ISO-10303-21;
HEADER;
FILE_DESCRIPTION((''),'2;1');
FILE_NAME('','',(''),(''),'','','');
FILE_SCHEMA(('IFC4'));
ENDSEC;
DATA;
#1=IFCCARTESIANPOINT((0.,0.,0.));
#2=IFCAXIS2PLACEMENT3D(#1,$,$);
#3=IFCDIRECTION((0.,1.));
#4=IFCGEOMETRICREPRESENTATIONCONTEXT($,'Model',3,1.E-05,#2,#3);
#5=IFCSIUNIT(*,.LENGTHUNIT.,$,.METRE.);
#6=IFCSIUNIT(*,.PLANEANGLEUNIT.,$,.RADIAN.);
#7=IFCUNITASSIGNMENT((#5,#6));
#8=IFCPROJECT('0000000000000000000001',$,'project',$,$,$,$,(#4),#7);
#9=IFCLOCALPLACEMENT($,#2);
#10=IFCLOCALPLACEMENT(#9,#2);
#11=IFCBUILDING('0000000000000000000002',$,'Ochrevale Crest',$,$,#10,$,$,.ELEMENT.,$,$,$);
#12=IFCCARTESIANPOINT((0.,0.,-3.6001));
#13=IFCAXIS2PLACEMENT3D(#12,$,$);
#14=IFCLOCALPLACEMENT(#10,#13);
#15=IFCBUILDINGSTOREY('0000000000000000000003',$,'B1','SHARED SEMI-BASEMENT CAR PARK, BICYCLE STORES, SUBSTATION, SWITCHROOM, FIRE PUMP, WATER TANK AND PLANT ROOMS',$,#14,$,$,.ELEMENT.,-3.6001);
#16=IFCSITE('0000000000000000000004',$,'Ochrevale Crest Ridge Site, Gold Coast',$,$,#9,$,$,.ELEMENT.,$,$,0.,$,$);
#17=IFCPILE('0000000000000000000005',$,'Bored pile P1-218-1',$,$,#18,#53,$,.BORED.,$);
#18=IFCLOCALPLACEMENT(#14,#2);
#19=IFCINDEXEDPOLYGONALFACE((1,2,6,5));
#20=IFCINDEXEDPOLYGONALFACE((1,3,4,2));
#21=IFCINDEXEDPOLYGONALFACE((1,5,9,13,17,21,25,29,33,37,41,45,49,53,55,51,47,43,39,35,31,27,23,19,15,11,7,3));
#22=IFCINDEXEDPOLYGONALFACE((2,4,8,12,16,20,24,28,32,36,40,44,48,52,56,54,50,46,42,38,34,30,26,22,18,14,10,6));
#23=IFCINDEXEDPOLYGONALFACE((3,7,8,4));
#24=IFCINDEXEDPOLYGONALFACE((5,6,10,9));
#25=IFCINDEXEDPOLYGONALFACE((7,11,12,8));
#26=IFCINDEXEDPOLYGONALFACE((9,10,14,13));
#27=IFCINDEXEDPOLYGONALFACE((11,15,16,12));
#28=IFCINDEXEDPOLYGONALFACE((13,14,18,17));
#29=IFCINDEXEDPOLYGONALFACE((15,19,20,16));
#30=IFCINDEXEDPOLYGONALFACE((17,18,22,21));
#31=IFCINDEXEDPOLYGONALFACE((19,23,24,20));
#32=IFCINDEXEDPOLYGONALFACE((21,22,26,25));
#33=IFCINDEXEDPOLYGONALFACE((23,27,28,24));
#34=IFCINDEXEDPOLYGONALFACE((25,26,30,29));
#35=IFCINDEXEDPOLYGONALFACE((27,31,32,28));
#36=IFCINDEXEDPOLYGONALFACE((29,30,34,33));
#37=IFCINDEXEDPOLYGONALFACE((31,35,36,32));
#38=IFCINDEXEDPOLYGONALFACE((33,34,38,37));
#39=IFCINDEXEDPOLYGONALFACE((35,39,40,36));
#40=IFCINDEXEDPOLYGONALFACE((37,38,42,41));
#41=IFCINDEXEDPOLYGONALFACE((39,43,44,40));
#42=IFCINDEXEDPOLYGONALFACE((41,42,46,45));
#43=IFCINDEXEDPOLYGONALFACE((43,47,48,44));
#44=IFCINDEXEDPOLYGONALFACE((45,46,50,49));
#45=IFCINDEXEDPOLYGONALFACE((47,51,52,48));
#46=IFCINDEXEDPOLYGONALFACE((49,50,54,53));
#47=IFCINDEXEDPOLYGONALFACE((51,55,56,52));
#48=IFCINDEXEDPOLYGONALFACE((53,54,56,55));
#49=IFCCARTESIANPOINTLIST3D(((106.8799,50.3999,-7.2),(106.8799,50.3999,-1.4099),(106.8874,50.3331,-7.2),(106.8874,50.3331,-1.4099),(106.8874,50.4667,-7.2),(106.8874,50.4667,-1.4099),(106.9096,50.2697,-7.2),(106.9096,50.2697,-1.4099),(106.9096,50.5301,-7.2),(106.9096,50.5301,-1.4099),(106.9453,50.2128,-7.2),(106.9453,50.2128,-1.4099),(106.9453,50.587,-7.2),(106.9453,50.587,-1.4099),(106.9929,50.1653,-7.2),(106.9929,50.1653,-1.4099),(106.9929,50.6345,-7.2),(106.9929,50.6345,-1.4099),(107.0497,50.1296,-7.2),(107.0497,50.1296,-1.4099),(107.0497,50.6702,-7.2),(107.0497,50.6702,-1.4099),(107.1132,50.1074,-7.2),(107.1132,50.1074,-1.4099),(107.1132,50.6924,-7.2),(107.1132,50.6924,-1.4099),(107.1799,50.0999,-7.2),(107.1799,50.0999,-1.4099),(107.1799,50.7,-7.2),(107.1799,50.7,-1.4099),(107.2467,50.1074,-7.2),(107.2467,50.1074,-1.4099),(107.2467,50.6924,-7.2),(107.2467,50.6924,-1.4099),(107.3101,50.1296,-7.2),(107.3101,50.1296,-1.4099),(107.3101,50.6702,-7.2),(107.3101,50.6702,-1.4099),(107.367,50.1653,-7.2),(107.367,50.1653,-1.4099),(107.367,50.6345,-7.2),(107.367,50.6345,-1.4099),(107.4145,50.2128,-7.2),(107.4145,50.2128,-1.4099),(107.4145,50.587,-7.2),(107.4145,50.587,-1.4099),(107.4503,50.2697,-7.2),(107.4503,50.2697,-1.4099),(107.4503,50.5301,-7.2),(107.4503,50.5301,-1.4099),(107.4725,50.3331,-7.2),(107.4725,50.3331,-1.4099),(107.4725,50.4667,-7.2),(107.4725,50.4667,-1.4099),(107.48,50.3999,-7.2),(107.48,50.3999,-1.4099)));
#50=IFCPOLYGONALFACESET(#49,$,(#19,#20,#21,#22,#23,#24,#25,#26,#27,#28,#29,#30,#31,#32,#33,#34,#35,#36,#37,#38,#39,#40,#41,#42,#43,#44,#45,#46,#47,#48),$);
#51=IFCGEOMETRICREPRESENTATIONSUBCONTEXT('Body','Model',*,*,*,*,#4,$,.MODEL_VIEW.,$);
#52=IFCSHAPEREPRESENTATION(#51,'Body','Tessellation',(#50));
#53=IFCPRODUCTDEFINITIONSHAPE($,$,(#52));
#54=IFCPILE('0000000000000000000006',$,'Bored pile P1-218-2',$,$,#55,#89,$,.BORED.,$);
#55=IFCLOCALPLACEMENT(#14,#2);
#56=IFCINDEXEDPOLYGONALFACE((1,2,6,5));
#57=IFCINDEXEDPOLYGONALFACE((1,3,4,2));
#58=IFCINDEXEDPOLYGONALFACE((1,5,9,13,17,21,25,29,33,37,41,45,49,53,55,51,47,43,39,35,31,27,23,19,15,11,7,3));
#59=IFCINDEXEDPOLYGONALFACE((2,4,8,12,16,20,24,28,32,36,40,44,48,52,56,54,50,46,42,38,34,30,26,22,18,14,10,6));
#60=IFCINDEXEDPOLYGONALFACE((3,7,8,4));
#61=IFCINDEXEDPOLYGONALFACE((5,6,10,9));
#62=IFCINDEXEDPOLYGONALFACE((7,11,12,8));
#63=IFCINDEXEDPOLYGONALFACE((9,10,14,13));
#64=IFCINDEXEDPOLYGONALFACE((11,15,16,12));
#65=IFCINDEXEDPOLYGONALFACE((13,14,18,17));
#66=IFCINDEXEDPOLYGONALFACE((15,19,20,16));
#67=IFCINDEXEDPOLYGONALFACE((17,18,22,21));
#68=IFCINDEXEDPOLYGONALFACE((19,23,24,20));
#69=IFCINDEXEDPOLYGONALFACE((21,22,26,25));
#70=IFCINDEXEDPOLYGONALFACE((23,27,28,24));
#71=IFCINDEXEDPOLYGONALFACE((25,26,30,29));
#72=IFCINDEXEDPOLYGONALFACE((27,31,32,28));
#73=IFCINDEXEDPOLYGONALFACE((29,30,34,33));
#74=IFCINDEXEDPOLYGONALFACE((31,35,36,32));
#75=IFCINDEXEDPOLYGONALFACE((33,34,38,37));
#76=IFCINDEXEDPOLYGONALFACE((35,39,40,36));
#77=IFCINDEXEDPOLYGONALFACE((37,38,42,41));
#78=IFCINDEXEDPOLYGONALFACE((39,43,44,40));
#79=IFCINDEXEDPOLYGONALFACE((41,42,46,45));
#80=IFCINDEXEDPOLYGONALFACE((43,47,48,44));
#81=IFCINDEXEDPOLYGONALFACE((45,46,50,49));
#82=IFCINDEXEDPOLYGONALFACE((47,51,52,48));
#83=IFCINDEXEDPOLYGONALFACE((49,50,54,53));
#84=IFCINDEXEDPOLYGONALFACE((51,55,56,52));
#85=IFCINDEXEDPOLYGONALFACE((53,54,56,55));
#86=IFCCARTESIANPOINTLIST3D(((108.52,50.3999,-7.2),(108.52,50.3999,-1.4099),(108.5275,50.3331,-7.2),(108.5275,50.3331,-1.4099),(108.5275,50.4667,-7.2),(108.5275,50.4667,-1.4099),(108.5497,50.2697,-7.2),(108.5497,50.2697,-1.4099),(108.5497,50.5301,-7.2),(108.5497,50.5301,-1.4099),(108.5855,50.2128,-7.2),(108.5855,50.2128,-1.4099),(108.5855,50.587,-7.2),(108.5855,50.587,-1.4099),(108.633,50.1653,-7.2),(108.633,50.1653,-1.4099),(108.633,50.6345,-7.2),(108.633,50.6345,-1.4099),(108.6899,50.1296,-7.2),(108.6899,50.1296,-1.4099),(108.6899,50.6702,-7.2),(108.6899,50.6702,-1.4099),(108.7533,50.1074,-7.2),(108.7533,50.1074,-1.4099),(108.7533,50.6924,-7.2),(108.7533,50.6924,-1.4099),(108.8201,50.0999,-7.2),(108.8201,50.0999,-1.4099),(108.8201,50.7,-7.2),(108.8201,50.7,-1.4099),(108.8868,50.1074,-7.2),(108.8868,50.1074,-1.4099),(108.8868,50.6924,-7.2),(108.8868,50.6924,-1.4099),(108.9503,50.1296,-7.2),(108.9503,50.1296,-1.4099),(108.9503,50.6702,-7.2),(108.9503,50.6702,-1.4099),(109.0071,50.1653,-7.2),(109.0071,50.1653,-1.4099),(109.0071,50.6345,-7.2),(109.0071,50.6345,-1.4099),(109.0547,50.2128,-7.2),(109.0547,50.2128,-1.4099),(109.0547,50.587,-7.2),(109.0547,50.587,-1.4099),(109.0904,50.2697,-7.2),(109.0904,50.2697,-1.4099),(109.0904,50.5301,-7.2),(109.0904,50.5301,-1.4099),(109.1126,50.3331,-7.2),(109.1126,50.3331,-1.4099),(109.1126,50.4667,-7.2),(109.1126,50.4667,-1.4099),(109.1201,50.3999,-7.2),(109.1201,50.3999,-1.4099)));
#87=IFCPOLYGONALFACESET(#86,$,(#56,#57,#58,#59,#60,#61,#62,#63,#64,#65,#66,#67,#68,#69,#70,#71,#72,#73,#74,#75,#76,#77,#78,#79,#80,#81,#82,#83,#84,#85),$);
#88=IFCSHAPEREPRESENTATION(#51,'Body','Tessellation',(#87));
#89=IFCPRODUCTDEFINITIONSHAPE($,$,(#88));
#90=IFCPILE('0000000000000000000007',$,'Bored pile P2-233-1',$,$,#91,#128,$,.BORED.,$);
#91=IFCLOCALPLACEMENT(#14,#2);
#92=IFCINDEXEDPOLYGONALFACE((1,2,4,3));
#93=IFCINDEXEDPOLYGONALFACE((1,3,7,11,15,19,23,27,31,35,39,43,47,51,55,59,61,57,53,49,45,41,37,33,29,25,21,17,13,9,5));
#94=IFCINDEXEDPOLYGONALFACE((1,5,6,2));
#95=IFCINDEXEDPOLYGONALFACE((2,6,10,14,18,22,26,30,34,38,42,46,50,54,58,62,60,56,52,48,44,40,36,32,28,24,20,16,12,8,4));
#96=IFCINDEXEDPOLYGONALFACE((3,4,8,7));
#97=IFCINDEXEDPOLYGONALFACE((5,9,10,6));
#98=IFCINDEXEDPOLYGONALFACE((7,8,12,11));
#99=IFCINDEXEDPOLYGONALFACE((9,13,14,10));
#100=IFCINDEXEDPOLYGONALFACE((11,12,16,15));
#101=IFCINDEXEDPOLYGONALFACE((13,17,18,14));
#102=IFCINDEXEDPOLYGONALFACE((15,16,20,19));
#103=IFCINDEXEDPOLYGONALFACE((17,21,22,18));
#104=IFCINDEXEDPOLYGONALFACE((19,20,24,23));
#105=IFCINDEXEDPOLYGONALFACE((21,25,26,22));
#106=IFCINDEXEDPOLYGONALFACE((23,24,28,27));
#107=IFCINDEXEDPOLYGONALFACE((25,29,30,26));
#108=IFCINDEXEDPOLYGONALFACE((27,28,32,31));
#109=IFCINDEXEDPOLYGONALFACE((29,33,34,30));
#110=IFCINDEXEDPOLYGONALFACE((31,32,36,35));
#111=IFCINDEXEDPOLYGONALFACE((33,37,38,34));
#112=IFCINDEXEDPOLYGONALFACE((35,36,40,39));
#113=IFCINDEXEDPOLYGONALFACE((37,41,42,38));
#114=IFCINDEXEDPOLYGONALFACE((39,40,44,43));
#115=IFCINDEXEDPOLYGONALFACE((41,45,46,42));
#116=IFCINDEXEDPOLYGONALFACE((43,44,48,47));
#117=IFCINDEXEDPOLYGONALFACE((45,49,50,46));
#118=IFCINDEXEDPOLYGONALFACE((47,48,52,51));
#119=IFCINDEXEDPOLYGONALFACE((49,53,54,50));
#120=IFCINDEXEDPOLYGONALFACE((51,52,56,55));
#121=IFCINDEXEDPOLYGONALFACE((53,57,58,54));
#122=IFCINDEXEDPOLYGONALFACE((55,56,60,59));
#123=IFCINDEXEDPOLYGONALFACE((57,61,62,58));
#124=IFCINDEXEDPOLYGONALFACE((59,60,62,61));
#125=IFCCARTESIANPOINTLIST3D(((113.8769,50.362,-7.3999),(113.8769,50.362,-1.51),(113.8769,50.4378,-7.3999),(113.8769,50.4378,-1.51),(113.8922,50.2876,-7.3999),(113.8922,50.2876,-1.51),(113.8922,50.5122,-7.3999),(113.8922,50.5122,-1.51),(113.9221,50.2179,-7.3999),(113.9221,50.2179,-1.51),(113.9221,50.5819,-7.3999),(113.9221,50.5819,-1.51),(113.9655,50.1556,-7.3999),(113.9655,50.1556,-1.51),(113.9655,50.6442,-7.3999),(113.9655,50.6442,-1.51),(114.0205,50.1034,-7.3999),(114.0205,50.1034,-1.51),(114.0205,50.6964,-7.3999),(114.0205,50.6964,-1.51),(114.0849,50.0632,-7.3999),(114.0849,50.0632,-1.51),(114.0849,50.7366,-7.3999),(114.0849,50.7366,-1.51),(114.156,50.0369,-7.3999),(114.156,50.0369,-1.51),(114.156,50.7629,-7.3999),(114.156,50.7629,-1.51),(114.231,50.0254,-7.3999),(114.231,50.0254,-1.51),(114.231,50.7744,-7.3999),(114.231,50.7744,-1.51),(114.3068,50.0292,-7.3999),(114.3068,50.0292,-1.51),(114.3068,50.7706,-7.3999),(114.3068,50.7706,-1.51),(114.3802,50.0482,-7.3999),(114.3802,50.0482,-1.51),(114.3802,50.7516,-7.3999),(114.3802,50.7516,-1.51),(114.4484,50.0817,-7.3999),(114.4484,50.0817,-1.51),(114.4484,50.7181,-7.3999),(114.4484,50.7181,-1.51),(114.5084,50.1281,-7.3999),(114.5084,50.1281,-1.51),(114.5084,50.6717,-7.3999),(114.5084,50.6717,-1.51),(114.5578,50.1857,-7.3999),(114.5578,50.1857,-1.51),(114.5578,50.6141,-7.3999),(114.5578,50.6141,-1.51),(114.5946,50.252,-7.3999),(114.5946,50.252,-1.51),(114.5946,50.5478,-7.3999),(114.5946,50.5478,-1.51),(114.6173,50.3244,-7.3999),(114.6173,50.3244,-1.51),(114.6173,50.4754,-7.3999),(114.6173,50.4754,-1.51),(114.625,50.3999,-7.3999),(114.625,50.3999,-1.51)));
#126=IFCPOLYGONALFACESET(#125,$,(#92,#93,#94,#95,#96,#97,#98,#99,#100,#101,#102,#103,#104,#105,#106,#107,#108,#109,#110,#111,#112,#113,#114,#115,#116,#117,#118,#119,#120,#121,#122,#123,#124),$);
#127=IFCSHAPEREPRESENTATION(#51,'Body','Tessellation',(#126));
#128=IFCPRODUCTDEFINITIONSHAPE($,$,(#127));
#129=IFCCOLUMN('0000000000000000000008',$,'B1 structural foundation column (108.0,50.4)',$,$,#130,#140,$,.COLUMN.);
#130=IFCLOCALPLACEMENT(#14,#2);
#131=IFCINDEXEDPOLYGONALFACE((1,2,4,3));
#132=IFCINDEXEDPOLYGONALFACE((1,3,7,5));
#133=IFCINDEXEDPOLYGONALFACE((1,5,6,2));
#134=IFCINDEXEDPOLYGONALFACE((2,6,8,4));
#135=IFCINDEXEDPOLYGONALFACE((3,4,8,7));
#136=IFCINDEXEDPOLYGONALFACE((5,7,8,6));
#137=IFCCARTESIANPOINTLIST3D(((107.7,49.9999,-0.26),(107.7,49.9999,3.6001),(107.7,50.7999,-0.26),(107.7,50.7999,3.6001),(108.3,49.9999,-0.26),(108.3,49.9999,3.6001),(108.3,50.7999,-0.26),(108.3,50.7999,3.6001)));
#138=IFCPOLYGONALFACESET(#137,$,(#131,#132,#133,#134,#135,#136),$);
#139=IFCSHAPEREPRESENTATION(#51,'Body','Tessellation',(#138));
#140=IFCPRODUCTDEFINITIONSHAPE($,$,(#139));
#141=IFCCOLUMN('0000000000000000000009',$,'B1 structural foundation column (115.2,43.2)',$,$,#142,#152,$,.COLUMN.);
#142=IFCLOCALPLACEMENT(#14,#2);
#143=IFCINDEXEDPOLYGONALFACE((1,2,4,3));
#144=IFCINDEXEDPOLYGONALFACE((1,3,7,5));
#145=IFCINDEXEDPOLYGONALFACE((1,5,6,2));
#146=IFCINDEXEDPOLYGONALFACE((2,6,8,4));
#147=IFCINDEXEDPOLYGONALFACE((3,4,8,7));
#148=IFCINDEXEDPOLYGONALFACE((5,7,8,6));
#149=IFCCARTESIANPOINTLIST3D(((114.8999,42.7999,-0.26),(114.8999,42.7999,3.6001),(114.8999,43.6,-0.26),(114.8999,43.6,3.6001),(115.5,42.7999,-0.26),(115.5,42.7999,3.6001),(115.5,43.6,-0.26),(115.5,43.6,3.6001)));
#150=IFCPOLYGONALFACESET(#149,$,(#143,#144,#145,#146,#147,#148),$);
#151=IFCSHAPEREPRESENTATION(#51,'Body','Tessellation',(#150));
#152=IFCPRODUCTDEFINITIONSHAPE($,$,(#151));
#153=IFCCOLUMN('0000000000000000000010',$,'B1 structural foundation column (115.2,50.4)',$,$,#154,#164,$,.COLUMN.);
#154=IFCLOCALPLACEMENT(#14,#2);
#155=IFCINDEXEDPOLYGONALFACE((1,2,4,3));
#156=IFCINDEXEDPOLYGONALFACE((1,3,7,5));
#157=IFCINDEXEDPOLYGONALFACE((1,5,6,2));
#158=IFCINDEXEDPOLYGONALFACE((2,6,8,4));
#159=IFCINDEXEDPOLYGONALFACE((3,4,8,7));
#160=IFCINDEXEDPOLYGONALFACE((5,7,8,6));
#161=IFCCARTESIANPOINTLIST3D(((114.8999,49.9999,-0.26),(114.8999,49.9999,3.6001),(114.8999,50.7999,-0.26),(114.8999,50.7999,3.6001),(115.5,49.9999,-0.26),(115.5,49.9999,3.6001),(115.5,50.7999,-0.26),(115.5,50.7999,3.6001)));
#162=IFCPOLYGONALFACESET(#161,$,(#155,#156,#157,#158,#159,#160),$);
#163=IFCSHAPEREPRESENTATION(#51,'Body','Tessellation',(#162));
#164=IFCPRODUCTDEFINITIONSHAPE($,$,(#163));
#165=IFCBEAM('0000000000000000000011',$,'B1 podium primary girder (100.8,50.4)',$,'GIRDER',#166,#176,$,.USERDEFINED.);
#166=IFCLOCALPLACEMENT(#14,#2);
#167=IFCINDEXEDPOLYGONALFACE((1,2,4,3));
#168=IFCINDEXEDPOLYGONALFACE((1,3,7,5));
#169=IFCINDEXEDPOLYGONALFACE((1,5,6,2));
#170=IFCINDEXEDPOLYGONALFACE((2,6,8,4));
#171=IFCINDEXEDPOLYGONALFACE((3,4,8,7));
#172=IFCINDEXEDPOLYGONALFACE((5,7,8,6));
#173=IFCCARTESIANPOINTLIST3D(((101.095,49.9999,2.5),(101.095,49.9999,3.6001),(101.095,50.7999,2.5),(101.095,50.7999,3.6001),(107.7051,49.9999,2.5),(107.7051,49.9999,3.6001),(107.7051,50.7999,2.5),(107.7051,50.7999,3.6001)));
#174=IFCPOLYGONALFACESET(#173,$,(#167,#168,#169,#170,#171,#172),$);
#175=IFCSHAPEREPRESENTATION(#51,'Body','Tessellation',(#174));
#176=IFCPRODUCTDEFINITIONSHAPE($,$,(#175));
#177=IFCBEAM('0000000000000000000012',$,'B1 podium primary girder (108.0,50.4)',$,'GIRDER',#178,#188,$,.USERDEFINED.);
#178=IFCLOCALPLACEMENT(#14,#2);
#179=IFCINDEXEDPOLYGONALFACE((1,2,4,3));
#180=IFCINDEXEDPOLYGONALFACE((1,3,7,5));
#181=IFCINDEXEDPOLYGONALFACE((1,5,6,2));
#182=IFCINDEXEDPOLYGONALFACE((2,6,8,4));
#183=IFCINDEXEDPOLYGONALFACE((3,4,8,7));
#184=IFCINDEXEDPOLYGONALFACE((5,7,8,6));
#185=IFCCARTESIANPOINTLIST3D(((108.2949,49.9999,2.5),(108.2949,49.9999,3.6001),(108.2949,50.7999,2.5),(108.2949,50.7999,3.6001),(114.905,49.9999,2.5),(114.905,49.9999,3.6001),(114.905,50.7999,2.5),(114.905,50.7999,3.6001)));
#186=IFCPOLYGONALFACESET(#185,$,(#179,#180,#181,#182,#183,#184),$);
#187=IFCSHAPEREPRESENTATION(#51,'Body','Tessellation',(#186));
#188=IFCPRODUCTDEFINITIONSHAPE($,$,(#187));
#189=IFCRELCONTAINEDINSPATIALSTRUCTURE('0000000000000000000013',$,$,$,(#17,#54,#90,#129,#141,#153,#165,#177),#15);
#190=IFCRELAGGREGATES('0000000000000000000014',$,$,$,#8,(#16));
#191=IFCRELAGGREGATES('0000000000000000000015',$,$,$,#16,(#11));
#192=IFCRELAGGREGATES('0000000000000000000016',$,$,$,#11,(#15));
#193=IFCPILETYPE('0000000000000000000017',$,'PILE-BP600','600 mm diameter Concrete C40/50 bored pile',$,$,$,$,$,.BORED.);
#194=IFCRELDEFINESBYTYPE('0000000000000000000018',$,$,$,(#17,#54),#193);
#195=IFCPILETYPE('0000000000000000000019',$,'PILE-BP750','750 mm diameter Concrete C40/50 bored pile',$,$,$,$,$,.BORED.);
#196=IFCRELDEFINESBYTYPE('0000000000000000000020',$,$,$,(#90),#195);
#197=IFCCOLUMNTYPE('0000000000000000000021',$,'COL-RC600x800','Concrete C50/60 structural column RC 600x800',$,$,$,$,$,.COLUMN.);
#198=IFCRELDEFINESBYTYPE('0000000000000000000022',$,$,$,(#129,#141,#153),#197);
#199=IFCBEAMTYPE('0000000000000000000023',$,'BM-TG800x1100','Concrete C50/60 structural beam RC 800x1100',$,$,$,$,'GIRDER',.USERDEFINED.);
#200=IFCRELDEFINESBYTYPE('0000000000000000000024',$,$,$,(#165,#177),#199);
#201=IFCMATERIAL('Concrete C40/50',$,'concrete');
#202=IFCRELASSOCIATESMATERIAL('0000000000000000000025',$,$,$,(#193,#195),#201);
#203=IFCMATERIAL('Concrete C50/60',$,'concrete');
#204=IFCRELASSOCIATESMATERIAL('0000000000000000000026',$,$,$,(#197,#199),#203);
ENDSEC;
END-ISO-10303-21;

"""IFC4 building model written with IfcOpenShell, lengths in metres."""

from ifc_helpers import new_model, si_unit, direction, frame, origin, origin_2d, place, context, subcontext, project, spatial, rectangle, circle, extrude, material, material_profile, profile_set, type_object, element, save


model = new_model("IFC4")

# Units and contexts
model_context = context("Model", 3, precision=1e-05, world=origin(), true_north=direction((0.0, 1.0)))
body_context = subcontext(model_context, "Body", "Model", "MODEL_VIEW")
ifc_project = project(units=[si_unit("LENGTHUNIT", "METRE"), si_unit("PLANEANGLEUNIT", "RADIAN")], contexts=[model_context])

# Site, building, storey
site_placement = place(None, origin())
site = spatial("IfcSite", under=ifc_project, at=site_placement, Name="Ochrevale Crest Ridge Site, Gold Coast", CompositionType="ELEMENT", RefElevation=0.0)
building_placement = place(site_placement, origin())
building = spatial("IfcBuilding", under=site, at=building_placement, Name="Ochrevale Crest", CompositionType="ELEMENT")
storey_placement = place(building_placement, frame((0.0, 0.0, -3.6001)))
storey = spatial("IfcBuildingStorey", under=building, at=storey_placement, Name="B1", Description="SHARED SEMI-BASEMENT CAR PARK, BICYCLE STORES, SUBSTATION, SWITCHROOM, FIRE PUMP, WATER TANK AND PLANT ROOMS", CompositionType="ELEMENT", Elevation=-3.6001)

# Shared definitions
ifc_material_1 = material(Name="Concrete C40/50", Category="concrete")

# Piles
ifc_material_profile_1 = material_profile(ifc_material_1, circle(Radius=0.3, at=origin_2d()), Name="BORED PILE 600")
ifc_profile_set_1 = profile_set([ifc_material_profile_1], Name="Concrete C40/50")
pile_type_1 = type_object("IfcPileType", Name="PILE-BP600", Description="600 mm diameter Concrete C40/50 bored pile", PredefinedType="BORED", material=ifc_profile_set_1)
for number, where, z_axis, x_axis, name in (
    (1, (107.1799, 50.3999, -1.4099), (0.0, 0.0, -1.0), (1.0, 0.0, 0.0), "Bored pile P1-218-1"),
    (2, (108.8201, 50.3999, -1.4099), (0.0, 0.0, -1.0), (1.0, 0.0, 0.0), "Bored pile P1-218-2"),
):
    element("IfcPile", number, at=place(storey_placement, frame(where, z_axis=z_axis, x_axis=x_axis)), inside=storey, type_object=pile_type_1, Name=name, PredefinedType="BORED", context=body_context, shape_type="SweptSolid", body=[
        extrude(circle(Radius=0.3, at=origin_2d()), origin(), (0.0, 0.0, 1.0), 5.79),
    ])
ifc_material_profile_2 = material_profile(ifc_material_1, circle(Radius=0.375, at=origin_2d()), Name="BORED PILE 750")
ifc_profile_set_2 = profile_set([ifc_material_profile_2], Name="Concrete C40/50")
pile_type_2 = type_object("IfcPileType", Name="PILE-BP750", Description="750 mm diameter Concrete C40/50 bored pile", PredefinedType="BORED", material=ifc_profile_set_2)
pile_placement = place(storey_placement, frame((114.25, 50.3999, -1.51), z_axis=(0.0, 0.0, -1.0), x_axis=(1.0, 0.0, 0.0)))
element("IfcPile", 3, at=pile_placement, inside=storey, type_object=pile_type_2, Name="Bored pile P2-233-1", PredefinedType="BORED", context=body_context, shape_type="SweptSolid", body=[
    extrude(circle(Radius=0.375, at=origin_2d()), origin(), (0.0, 0.0, 1.0), 5.8899),
])

# Columns
ifc_material_2 = material(Name="Concrete C50/60", Category="concrete")
ifc_material_profile_3 = material_profile(ifc_material_2, rectangle(XDim=0.6001, YDim=0.8, at=origin_2d()), Name="RC 600x800")
ifc_profile_set_3 = profile_set([ifc_material_profile_3], Name="Concrete C50/60")
column_type = type_object("IfcColumnType", Name="COL-RC600x800", Description="Concrete C50/60 structural column RC 600x800", PredefinedType="COLUMN", material=ifc_profile_set_3)
for number, where, z_axis, x_axis, name in (
    (4, (108.0, 50.3999, -0.26), (0.0, 0.0, 1.0), (1.0, 0.0, 0.0), "B1 structural foundation column (108.0,50.4)"),
    (5, (115.2, 43.2, -0.26), (0.0, 0.0, 1.0), (1.0, 0.0, 0.0), "B1 structural foundation column (115.2,43.2)"),
    (6, (115.2, 50.3999, -0.26), (0.0, 0.0, 1.0), (1.0, 0.0, 0.0), "B1 structural foundation column (115.2,50.4)"),
):
    element("IfcColumn", number, at=place(storey_placement, frame(where, z_axis=z_axis, x_axis=x_axis)), inside=storey, type_object=column_type, Name=name, PredefinedType="COLUMN", context=body_context, shape_type="SweptSolid", body=[
        extrude(rectangle(XDim=0.6001, YDim=0.8, at=origin_2d()), origin(), (0.0, 0.0, 1.0), 3.8601),
    ])

# Beams
ifc_material_profile_4 = material_profile(ifc_material_2, rectangle(XDim=0.8, YDim=1.1001, at=origin_2d()), Name="RC 800x1100")
ifc_profile_set_4 = profile_set([ifc_material_profile_4], Name="Concrete C50/60")
beam_type_1 = type_object("IfcBeamType", Name="BM-TG800x1100", Description="Concrete C50/60 structural beam RC 800x1100", ElementType="GIRDER", PredefinedType="USERDEFINED", material=ifc_profile_set_4)
for number, where, z_axis, x_axis, name in (
    (7, (101.095, 50.3999, 3.05), (1.0, 0.0, 0.0), (0.0, 1.0, 0.0), "B1 podium primary girder (100.8,50.4)"),
    (8, (108.2949, 50.3999, 3.05), (1.0, 0.0, 0.0), (0.0, 1.0, 0.0), "B1 podium primary girder (108.0,50.4)"),
):
    element("IfcBeam", number, at=place(storey_placement, frame(where, z_axis=z_axis, x_axis=x_axis)), inside=storey, type_object=beam_type_1, Name=name, ObjectType="GIRDER", PredefinedType="USERDEFINED", context=body_context, shape_type="SweptSolid", body=[
        extrude(rectangle(XDim=0.8, YDim=1.1001, at=origin_2d()), origin(), (0.0, 0.0, 1.0), 6.6101),
    ])

save(model, "model.ifc")
